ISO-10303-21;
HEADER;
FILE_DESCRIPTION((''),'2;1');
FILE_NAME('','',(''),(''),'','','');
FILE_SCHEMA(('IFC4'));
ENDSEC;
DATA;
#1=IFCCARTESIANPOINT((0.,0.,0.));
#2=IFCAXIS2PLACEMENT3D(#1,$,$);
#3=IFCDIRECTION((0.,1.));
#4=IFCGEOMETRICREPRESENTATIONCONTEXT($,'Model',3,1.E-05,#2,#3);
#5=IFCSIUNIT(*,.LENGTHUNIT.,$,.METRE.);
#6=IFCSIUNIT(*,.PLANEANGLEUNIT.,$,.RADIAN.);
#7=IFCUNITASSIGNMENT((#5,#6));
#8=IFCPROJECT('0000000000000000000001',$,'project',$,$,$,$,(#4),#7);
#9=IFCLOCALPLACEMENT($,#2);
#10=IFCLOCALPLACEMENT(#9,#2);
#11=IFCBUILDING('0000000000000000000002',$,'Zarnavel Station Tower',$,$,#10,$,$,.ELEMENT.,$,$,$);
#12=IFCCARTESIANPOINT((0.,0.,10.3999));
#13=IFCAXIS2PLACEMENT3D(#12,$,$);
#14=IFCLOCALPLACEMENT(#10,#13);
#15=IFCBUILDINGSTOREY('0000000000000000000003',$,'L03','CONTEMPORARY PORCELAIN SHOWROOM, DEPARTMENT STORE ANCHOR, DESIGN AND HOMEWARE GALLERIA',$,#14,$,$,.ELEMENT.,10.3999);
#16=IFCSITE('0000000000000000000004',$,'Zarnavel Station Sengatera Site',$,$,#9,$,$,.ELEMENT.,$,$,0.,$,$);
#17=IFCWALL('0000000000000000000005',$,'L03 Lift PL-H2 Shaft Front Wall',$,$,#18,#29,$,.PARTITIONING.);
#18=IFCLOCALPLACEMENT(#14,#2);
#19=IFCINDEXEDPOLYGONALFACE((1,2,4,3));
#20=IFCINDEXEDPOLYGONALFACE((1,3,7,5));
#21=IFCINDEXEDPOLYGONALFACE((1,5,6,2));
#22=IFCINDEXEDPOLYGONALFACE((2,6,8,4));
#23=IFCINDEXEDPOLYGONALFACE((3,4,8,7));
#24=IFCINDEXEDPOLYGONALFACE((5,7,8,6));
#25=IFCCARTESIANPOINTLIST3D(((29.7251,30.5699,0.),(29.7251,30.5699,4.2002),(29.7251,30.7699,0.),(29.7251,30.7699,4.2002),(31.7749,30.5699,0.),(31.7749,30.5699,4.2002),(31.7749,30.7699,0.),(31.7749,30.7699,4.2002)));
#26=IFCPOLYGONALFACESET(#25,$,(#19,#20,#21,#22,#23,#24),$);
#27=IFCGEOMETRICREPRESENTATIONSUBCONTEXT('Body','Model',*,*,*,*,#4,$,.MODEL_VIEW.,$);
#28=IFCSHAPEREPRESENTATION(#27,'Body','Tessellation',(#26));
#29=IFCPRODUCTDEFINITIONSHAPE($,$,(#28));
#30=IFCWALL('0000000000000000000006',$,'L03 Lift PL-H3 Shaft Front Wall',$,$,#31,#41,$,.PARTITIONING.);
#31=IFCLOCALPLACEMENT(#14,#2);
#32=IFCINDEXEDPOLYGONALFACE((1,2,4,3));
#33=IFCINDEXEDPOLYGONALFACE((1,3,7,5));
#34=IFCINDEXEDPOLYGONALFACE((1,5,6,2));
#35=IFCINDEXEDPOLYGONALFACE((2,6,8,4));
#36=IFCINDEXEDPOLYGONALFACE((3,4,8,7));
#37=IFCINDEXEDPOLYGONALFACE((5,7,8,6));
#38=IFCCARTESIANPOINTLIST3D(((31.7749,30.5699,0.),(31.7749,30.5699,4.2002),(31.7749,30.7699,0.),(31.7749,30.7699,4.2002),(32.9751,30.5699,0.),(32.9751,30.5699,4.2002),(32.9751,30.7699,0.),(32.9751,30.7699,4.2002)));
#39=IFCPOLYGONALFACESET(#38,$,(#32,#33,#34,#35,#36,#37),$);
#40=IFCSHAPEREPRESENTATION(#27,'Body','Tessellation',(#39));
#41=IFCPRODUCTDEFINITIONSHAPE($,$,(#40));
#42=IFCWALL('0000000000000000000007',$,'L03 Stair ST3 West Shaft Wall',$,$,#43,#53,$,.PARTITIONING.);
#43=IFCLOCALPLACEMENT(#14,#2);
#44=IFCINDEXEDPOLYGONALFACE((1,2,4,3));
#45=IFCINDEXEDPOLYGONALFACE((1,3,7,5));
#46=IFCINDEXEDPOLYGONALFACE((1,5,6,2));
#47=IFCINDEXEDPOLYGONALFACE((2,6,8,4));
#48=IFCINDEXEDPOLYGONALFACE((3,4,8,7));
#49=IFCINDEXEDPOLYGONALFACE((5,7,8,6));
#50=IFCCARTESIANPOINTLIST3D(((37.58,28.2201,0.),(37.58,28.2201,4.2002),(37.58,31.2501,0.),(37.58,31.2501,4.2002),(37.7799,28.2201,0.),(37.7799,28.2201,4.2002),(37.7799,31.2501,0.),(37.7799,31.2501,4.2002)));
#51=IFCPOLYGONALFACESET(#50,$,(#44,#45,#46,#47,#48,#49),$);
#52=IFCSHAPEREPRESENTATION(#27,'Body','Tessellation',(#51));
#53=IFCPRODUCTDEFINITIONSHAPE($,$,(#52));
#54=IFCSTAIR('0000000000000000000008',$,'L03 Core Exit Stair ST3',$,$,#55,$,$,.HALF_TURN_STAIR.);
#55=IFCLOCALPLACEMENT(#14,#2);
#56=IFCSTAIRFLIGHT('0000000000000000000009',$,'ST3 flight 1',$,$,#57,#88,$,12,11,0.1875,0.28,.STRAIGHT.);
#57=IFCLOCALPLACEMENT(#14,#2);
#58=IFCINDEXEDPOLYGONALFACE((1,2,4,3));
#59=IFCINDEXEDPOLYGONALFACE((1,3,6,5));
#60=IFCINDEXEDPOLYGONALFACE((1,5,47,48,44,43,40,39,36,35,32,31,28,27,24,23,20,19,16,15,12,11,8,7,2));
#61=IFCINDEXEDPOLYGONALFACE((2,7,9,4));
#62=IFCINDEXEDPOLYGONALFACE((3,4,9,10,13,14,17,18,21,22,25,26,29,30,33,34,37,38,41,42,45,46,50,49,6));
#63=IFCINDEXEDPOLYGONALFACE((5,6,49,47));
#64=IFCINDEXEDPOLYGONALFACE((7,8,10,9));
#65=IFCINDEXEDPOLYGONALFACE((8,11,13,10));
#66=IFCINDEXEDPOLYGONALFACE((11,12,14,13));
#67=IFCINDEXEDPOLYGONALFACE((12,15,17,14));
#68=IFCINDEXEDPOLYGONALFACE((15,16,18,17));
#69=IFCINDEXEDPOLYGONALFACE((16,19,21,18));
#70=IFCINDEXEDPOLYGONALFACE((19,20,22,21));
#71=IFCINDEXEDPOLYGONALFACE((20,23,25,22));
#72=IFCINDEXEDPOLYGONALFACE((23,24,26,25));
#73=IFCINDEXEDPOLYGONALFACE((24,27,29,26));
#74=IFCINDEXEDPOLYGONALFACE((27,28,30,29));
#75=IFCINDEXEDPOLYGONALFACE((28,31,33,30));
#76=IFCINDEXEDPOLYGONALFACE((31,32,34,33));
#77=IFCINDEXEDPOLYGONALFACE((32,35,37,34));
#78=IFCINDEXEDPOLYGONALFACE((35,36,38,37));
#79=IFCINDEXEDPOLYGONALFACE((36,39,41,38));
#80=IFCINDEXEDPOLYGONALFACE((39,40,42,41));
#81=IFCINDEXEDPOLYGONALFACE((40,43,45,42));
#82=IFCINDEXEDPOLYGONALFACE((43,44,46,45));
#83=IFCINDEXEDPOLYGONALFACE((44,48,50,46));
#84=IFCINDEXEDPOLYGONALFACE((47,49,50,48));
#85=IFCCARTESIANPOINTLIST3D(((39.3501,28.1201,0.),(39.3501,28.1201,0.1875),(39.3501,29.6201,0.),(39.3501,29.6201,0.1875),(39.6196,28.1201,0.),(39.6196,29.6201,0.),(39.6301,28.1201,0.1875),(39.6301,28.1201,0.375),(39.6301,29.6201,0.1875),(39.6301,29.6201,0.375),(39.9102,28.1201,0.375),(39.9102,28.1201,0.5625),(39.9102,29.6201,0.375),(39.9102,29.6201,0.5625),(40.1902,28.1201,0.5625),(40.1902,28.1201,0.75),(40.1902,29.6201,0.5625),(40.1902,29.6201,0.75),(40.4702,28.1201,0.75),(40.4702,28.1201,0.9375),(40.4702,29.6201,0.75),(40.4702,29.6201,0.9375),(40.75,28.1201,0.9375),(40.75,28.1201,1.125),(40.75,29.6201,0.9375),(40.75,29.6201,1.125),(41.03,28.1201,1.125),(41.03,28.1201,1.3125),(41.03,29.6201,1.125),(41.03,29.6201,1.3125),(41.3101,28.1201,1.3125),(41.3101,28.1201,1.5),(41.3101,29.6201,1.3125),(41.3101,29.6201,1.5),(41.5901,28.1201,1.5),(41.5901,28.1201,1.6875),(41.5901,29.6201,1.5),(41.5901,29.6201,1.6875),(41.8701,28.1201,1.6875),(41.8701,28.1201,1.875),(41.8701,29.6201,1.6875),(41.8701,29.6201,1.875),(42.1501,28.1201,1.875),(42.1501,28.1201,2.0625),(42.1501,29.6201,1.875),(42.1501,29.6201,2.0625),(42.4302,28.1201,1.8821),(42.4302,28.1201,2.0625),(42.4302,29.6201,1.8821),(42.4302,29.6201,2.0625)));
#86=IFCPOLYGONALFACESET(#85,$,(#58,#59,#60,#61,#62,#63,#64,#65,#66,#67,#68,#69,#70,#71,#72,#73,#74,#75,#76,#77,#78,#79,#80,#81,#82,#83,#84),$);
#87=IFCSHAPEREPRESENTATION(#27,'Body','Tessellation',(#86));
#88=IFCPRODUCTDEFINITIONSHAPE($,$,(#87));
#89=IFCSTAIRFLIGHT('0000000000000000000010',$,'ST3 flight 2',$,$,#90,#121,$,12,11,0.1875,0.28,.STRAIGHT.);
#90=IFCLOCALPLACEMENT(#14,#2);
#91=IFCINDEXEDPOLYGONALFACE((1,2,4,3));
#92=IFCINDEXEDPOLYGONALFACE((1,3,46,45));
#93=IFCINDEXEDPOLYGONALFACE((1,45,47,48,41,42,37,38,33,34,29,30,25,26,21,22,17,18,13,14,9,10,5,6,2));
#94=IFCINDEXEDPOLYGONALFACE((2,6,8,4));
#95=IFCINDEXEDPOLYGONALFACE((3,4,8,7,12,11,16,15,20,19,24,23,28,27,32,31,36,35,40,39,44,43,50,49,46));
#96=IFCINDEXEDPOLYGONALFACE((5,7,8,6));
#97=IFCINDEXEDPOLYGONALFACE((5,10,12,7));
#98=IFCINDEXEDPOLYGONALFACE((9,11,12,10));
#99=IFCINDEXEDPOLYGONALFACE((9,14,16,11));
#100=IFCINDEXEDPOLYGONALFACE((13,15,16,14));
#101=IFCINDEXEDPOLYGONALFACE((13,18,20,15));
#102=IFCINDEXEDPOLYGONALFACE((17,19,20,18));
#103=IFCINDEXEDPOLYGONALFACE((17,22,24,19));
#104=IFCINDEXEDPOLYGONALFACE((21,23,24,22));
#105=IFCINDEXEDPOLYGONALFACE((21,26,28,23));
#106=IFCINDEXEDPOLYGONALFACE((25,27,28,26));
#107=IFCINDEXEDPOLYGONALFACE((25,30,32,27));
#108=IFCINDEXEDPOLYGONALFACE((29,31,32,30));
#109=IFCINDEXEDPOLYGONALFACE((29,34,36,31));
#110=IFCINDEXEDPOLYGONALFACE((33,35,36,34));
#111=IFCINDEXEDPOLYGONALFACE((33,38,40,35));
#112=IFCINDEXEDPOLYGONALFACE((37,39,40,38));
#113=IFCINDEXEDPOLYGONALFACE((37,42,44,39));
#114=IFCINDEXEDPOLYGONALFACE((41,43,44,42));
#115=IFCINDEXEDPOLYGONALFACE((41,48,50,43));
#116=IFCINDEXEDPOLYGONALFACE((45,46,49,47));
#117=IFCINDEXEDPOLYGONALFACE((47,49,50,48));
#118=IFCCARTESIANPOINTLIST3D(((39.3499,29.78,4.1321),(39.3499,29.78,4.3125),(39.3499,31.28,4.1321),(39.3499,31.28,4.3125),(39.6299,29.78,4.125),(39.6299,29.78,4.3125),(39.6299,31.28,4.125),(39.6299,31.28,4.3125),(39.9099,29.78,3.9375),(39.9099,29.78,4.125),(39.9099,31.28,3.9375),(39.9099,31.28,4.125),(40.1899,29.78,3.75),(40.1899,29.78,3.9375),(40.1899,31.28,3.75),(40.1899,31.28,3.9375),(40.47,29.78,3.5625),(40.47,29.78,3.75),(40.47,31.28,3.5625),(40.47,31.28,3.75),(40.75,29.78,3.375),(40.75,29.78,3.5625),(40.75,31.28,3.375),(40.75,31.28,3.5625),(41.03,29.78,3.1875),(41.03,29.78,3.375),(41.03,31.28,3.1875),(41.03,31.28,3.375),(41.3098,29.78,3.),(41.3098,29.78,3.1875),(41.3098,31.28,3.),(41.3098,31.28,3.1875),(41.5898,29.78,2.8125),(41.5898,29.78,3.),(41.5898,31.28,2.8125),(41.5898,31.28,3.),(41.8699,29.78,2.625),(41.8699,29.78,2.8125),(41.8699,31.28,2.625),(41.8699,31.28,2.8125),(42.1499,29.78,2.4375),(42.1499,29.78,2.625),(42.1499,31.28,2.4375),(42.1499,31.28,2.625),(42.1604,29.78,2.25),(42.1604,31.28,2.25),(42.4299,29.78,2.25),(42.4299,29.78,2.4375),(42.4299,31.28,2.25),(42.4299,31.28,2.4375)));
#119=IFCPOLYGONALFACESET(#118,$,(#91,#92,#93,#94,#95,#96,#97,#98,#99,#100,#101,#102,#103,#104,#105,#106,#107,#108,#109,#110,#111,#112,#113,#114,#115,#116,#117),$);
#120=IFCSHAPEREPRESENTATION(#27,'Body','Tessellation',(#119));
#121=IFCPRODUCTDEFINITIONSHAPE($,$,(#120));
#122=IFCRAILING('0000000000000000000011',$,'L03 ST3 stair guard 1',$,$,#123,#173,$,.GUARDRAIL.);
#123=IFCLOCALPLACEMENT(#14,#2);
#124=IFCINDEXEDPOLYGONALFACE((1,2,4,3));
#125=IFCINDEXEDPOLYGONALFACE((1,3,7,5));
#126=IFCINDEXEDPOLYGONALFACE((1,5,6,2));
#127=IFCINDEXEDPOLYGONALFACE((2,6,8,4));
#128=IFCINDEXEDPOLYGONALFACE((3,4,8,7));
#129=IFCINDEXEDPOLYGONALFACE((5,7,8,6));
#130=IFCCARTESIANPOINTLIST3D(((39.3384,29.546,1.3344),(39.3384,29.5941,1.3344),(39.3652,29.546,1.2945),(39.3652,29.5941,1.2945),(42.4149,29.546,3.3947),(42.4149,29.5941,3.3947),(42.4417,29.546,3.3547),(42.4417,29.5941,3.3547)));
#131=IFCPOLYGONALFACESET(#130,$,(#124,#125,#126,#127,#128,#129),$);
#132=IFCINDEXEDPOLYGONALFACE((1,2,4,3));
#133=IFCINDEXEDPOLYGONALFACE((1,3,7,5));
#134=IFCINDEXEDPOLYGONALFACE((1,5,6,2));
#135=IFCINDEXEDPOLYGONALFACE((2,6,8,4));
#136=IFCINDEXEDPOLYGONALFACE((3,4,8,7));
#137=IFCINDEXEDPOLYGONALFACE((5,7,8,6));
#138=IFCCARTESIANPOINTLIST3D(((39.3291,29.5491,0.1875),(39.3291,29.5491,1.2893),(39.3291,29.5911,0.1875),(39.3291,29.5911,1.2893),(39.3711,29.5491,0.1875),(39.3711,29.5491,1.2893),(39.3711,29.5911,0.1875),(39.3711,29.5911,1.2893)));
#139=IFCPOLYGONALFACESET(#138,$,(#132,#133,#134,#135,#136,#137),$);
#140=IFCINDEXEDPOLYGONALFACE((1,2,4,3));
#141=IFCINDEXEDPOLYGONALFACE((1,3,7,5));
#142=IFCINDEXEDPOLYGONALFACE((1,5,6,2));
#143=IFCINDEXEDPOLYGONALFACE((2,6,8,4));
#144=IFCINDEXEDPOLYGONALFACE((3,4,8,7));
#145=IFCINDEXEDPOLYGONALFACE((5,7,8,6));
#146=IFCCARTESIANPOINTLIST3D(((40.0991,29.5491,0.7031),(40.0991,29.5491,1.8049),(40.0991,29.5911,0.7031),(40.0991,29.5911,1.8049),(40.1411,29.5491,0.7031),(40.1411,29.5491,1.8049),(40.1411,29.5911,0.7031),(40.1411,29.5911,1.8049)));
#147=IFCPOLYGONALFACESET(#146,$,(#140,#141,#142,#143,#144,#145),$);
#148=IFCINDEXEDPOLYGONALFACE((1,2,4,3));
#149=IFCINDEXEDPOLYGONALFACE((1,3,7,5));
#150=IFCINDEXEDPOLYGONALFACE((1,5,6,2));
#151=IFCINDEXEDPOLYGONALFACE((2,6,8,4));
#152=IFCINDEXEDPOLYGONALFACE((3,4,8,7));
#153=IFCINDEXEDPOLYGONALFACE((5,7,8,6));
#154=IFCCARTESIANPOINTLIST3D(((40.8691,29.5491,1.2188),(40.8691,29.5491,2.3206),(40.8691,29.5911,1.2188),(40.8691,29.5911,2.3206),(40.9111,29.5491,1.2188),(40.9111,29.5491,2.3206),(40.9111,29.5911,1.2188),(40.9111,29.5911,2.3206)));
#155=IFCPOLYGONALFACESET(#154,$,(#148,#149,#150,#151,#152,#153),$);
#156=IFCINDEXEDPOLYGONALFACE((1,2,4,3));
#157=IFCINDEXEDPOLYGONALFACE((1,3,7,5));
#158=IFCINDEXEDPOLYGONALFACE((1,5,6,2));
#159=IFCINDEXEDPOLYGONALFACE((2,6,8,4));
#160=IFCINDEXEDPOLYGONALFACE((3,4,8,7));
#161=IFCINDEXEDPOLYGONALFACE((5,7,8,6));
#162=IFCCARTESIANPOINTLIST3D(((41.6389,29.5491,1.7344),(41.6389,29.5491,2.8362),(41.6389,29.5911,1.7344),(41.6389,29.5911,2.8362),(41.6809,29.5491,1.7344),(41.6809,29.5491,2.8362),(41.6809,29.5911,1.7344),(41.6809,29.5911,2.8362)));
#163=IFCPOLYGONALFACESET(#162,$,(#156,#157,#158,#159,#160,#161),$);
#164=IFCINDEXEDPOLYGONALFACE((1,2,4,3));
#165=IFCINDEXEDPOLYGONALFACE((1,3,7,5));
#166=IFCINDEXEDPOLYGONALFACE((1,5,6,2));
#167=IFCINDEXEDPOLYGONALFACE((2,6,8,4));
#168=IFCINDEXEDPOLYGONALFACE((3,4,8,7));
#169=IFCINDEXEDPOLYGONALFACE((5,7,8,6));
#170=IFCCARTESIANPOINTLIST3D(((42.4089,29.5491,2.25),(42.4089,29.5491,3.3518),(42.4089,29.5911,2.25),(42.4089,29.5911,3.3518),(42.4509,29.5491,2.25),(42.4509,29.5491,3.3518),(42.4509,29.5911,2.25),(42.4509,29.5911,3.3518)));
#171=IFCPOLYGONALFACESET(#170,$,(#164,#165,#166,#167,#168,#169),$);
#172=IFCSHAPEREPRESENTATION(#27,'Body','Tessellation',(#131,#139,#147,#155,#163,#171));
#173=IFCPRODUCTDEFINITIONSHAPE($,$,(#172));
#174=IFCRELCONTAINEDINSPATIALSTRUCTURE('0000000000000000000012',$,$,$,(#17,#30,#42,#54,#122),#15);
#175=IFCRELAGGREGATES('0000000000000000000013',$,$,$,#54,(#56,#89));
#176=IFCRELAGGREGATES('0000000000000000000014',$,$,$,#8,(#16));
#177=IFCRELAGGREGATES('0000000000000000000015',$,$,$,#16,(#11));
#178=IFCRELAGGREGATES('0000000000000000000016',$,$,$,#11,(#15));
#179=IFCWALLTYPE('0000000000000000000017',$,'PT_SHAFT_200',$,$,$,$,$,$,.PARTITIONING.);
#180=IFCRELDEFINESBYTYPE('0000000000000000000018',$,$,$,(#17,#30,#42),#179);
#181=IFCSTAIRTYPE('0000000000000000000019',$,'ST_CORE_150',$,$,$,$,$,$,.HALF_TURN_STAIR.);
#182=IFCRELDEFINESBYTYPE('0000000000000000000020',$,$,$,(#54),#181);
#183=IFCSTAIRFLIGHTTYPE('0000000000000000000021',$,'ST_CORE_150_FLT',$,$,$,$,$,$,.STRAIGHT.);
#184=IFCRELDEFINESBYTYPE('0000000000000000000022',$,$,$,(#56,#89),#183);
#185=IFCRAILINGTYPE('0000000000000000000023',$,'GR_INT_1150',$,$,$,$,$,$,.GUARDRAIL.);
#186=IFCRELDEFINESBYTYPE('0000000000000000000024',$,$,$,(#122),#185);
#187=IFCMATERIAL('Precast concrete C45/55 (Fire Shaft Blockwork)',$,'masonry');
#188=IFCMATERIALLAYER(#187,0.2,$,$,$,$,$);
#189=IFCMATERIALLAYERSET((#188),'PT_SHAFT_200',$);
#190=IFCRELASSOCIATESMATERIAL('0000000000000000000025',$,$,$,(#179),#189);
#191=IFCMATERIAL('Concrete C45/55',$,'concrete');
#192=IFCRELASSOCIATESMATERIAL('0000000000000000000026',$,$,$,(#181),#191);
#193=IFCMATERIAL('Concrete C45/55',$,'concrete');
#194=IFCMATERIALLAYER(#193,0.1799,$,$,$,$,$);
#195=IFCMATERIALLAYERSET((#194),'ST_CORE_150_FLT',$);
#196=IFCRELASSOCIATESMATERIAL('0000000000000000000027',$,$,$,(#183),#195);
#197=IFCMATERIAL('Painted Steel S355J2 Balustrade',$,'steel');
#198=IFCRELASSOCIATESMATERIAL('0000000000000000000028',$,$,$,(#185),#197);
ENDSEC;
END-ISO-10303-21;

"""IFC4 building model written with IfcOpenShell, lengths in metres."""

from ifc_helpers import new_model, si_unit, direction, frame, frame_2d, origin, origin_2d, place, context, subcontext, project, spatial, polyline, rectangle, outline, extrude, material, layer, layer_set, type_object, element, aggregate, save


model = new_model("IFC4")

# Units and contexts
model_context = context("Model", 3, precision=1e-05, world=origin(), true_north=direction((0.0, 1.0)))
body_context = subcontext(model_context, "Body", "Model", "MODEL_VIEW")
ifc_project = project(units=[si_unit("LENGTHUNIT", "METRE"), si_unit("PLANEANGLEUNIT", "RADIAN")], contexts=[model_context])

# Site, building, storey
site_placement = place(None, origin())
site = spatial("IfcSite", under=ifc_project, at=site_placement, Name="Zarnavel Station Sengatera Site", CompositionType="ELEMENT", RefElevation=0.0)
building_placement = place(site_placement, origin())
building = spatial("IfcBuilding", under=site, at=building_placement, Name="Zarnavel Station Tower", CompositionType="ELEMENT")
storey_placement = place(building_placement, frame((0.0, 0.0, 10.3999)))
storey = spatial("IfcBuildingStorey", under=building, at=storey_placement, Name="L03", Description="CONTEMPORARY PORCELAIN SHOWROOM, DEPARTMENT STORE ANCHOR, DESIGN AND HOMEWARE GALLERIA", CompositionType="ELEMENT", Elevation=10.3999)

# Walls
ifc_material_1 = material(Name="Precast concrete C45/55 (Fire Shaft Blockwork)", Category="masonry")
ifc_layer_1 = layer(ifc_material_1, 0.2)
ifc_layer_set_1 = layer_set([ifc_layer_1], Name="PT_SHAFT_200")
wall_type_1 = type_object("IfcWallType", Name="PT_SHAFT_200", PredefinedType="PARTITIONING", material=ifc_layer_set_1)
wall_1_placement = place(storey_placement, frame((29.7251, 30.6699, 0.0), z_axis=(0.0, 0.0, 1.0), x_axis=(1.0, 0.0, 0.0)))
element("IfcWall", 1, at=wall_1_placement, inside=storey, type_object=wall_type_1, Name="L03 Lift PL-H2 Shaft Front Wall", PredefinedType="PARTITIONING", context=body_context, shape_type="SweptSolid", body=[
    extrude(rectangle(XDim=2.0498, YDim=0.2, at=frame_2d((1.0249, 0.0))), origin(), (0.0, 0.0, 1.0), 4.2002),
])
wall_2_placement = place(storey_placement, frame((31.7749, 30.6699, 0.0), z_axis=(0.0, 0.0, 1.0), x_axis=(1.0, 0.0, 0.0)))
element("IfcWall", 2, at=wall_2_placement, inside=storey, type_object=wall_type_1, Name="L03 Lift PL-H3 Shaft Front Wall", PredefinedType="PARTITIONING", context=body_context, shape_type="SweptSolid", body=[
    extrude(rectangle(XDim=1.2002, YDim=0.2, at=frame_2d((0.6001, 0.0))), origin(), (0.0, 0.0, 1.0), 4.2002),
])
wall_3_placement = place(storey_placement, frame((37.6799, 28.22, 0.0), z_axis=(0.0, 0.0, 1.0), x_axis=(0.0, 1.0, 0.0)))
element("IfcWall", 3, at=wall_3_placement, inside=storey, type_object=wall_type_1, Name="L03 Stair ST3 West Shaft Wall", PredefinedType="PARTITIONING", context=body_context, shape_type="SweptSolid", body=[
    extrude(rectangle(XDim=3.03, YDim=0.2, at=frame_2d((1.5151, 0.0))), origin(), (0.0, 0.0, 1.0), 4.2002),
])

# Stair, stair flights
ifc_material_2 = material(Name="Concrete C45/55", Category="concrete")
stair_type = type_object("IfcStairType", Name="ST_CORE_150", PredefinedType="HALF_TURN_STAIR", material=ifc_material_2)
stair_placement = place(storey_placement, origin())
stair = element("IfcStair", 4, at=stair_placement, inside=storey, type_object=stair_type, Name="L03 Core Exit Stair ST3", PredefinedType="HALF_TURN_STAIR")
ifc_material_3 = material(Name="Concrete C45/55", Category="concrete")
ifc_layer_2 = layer(ifc_material_3, 0.1799)
ifc_layer_set_2 = layer_set([ifc_layer_2], Name="ST_CORE_150_FLT")
stair_flight_type = type_object("IfcStairFlightType", Name="ST_CORE_150_FLT", PredefinedType="STRAIGHT", material=ifc_layer_set_2)
stair_flight_1_placement = place(storey_placement, frame((39.3501, 28.8701, 0.0), z_axis=(0.0, 0.0, 1.0), x_axis=(1.0, 0.0, 0.0)))
stair_flight_1 = element("IfcStairFlight", 5, at=stair_flight_1_placement, type_object=stair_flight_type, Name="ST3 flight 1", NumberOfRisers=12, NumberOfTreads=11, PredefinedType="STRAIGHT", RiserHeight=0.1875, TreadLength=0.28, context=body_context, shape_type="SweptSolid", body=[
    extrude(outline(polyline([(0.0, 0.0), (0.0, 0.1875), (0.28, 0.1875), (0.28, 0.375), (0.5601, 0.375), (0.5601, 0.5625), (0.8401, 0.5625), (0.8401, 0.75), (1.1201, 0.75), (1.1201, 0.9375), (1.3999, 0.9375), (1.3999, 1.125), (1.6799, 1.125), (1.6799, 1.3125), (1.96, 1.3125), (1.96, 1.5), (2.24, 1.5), (2.24, 1.6875), (2.52, 1.6875), (2.52, 1.875), (2.8, 1.875), (2.8, 2.0625), (3.0801, 2.0625), (3.0801, 2.25), (3.0801, 1.8821), (0.2695, 0.0), (0.0, 0.0)])), frame((0.0, 0.75, 0.0), z_axis=(0.0, -1.0, 0.0), x_axis=(1.0, 0.0, 0.0)), (0.0, 0.0, 1.0), 1.5),
])
stair_flight_2_placement = place(storey_placement, frame((42.4299, 30.53, 2.25), z_axis=(0.0, 0.0, 1.0), x_axis=(-1.0, 0.0, 0.0)))
stair_flight_2 = element("IfcStairFlight", 6, at=stair_flight_2_placement, type_object=stair_flight_type, Name="ST3 flight 2", NumberOfRisers=12, NumberOfTreads=11, PredefinedType="STRAIGHT", RiserHeight=0.1875, TreadLength=0.28, context=body_context, shape_type="SweptSolid", body=[
    extrude(outline(polyline([(0.0, 0.0), (0.0, 0.1875), (0.28, 0.1875), (0.28, 0.375), (0.5601, 0.375), (0.5601, 0.5625), (0.8401, 0.5625), (0.8401, 0.75), (1.1201, 0.75), (1.1201, 0.9375), (1.3999, 0.9375), (1.3999, 1.125), (1.6799, 1.125), (1.6799, 1.3125), (1.96, 1.3125), (1.96, 1.5), (2.24, 1.5), (2.24, 1.6875), (2.52, 1.6875), (2.52, 1.875), (2.8, 1.875), (2.8, 2.0625), (3.0801, 2.0625), (3.0801, 2.25), (3.0801, 1.8821), (0.2695, 0.0), (0.0, 0.0)])), frame((0.0, 0.75, 0.0), z_axis=(0.0, -1.0, 0.0), x_axis=(1.0, 0.0, 0.0)), (0.0, 0.0, 1.0), 1.5),
])
aggregate(stair, [stair_flight_1, stair_flight_2])

# Railing
ifc_material_4 = material(Name="Painted Steel S355J2 Balustrade", Category="steel")
railing_type_1 = type_object("IfcRailingType", Name="GR_INT_1150", PredefinedType="GUARDRAIL", material=ifc_material_4)
railing_1_placement = place(storey_placement, frame((39.3501, 29.5701, 0.1875)))
element("IfcRailing", 7, at=railing_1_placement, inside=storey, type_object=railing_type_1, Name="L03 ST3 stair guard 1", PredefinedType="GUARDRAIL", context=body_context, shape_type="SweptSolid", body=[
    extrude(rectangle(XDim=0.0481, YDim=0.0481, at=origin_2d()), frame((0.0017, 0.0, 1.127), z_axis=(0.830893, 0.0, 0.556432), x_axis=(0.0, 1.0, 0.0)), (0.0, 0.0, 1.0), 3.7026),
    extrude(rectangle(XDim=0.042, YDim=0.042, at=origin_2d()), origin(), (0.0, 0.0, 1.0), 1.1018),
    extrude(rectangle(XDim=0.042, YDim=0.042, at=origin_2d()), frame((0.77, 0.0, 0.5156)), (0.0, 0.0, 1.0), 1.1018),
    extrude(rectangle(XDim=0.042, YDim=0.042, at=origin_2d()), frame((1.54, 0.0, 1.0312)), (0.0, 0.0, 1.0), 1.1018),
    extrude(rectangle(XDim=0.042, YDim=0.042, at=origin_2d()), frame((2.3098, 0.0, 1.5469)), (0.0, 0.0, 1.0), 1.1018),
    extrude(rectangle(XDim=0.042, YDim=0.042, at=origin_2d()), frame((3.0798, 0.0, 2.0625)), (0.0, 0.0, 1.0), 1.1018),
])

save(model, "model.ifc")
